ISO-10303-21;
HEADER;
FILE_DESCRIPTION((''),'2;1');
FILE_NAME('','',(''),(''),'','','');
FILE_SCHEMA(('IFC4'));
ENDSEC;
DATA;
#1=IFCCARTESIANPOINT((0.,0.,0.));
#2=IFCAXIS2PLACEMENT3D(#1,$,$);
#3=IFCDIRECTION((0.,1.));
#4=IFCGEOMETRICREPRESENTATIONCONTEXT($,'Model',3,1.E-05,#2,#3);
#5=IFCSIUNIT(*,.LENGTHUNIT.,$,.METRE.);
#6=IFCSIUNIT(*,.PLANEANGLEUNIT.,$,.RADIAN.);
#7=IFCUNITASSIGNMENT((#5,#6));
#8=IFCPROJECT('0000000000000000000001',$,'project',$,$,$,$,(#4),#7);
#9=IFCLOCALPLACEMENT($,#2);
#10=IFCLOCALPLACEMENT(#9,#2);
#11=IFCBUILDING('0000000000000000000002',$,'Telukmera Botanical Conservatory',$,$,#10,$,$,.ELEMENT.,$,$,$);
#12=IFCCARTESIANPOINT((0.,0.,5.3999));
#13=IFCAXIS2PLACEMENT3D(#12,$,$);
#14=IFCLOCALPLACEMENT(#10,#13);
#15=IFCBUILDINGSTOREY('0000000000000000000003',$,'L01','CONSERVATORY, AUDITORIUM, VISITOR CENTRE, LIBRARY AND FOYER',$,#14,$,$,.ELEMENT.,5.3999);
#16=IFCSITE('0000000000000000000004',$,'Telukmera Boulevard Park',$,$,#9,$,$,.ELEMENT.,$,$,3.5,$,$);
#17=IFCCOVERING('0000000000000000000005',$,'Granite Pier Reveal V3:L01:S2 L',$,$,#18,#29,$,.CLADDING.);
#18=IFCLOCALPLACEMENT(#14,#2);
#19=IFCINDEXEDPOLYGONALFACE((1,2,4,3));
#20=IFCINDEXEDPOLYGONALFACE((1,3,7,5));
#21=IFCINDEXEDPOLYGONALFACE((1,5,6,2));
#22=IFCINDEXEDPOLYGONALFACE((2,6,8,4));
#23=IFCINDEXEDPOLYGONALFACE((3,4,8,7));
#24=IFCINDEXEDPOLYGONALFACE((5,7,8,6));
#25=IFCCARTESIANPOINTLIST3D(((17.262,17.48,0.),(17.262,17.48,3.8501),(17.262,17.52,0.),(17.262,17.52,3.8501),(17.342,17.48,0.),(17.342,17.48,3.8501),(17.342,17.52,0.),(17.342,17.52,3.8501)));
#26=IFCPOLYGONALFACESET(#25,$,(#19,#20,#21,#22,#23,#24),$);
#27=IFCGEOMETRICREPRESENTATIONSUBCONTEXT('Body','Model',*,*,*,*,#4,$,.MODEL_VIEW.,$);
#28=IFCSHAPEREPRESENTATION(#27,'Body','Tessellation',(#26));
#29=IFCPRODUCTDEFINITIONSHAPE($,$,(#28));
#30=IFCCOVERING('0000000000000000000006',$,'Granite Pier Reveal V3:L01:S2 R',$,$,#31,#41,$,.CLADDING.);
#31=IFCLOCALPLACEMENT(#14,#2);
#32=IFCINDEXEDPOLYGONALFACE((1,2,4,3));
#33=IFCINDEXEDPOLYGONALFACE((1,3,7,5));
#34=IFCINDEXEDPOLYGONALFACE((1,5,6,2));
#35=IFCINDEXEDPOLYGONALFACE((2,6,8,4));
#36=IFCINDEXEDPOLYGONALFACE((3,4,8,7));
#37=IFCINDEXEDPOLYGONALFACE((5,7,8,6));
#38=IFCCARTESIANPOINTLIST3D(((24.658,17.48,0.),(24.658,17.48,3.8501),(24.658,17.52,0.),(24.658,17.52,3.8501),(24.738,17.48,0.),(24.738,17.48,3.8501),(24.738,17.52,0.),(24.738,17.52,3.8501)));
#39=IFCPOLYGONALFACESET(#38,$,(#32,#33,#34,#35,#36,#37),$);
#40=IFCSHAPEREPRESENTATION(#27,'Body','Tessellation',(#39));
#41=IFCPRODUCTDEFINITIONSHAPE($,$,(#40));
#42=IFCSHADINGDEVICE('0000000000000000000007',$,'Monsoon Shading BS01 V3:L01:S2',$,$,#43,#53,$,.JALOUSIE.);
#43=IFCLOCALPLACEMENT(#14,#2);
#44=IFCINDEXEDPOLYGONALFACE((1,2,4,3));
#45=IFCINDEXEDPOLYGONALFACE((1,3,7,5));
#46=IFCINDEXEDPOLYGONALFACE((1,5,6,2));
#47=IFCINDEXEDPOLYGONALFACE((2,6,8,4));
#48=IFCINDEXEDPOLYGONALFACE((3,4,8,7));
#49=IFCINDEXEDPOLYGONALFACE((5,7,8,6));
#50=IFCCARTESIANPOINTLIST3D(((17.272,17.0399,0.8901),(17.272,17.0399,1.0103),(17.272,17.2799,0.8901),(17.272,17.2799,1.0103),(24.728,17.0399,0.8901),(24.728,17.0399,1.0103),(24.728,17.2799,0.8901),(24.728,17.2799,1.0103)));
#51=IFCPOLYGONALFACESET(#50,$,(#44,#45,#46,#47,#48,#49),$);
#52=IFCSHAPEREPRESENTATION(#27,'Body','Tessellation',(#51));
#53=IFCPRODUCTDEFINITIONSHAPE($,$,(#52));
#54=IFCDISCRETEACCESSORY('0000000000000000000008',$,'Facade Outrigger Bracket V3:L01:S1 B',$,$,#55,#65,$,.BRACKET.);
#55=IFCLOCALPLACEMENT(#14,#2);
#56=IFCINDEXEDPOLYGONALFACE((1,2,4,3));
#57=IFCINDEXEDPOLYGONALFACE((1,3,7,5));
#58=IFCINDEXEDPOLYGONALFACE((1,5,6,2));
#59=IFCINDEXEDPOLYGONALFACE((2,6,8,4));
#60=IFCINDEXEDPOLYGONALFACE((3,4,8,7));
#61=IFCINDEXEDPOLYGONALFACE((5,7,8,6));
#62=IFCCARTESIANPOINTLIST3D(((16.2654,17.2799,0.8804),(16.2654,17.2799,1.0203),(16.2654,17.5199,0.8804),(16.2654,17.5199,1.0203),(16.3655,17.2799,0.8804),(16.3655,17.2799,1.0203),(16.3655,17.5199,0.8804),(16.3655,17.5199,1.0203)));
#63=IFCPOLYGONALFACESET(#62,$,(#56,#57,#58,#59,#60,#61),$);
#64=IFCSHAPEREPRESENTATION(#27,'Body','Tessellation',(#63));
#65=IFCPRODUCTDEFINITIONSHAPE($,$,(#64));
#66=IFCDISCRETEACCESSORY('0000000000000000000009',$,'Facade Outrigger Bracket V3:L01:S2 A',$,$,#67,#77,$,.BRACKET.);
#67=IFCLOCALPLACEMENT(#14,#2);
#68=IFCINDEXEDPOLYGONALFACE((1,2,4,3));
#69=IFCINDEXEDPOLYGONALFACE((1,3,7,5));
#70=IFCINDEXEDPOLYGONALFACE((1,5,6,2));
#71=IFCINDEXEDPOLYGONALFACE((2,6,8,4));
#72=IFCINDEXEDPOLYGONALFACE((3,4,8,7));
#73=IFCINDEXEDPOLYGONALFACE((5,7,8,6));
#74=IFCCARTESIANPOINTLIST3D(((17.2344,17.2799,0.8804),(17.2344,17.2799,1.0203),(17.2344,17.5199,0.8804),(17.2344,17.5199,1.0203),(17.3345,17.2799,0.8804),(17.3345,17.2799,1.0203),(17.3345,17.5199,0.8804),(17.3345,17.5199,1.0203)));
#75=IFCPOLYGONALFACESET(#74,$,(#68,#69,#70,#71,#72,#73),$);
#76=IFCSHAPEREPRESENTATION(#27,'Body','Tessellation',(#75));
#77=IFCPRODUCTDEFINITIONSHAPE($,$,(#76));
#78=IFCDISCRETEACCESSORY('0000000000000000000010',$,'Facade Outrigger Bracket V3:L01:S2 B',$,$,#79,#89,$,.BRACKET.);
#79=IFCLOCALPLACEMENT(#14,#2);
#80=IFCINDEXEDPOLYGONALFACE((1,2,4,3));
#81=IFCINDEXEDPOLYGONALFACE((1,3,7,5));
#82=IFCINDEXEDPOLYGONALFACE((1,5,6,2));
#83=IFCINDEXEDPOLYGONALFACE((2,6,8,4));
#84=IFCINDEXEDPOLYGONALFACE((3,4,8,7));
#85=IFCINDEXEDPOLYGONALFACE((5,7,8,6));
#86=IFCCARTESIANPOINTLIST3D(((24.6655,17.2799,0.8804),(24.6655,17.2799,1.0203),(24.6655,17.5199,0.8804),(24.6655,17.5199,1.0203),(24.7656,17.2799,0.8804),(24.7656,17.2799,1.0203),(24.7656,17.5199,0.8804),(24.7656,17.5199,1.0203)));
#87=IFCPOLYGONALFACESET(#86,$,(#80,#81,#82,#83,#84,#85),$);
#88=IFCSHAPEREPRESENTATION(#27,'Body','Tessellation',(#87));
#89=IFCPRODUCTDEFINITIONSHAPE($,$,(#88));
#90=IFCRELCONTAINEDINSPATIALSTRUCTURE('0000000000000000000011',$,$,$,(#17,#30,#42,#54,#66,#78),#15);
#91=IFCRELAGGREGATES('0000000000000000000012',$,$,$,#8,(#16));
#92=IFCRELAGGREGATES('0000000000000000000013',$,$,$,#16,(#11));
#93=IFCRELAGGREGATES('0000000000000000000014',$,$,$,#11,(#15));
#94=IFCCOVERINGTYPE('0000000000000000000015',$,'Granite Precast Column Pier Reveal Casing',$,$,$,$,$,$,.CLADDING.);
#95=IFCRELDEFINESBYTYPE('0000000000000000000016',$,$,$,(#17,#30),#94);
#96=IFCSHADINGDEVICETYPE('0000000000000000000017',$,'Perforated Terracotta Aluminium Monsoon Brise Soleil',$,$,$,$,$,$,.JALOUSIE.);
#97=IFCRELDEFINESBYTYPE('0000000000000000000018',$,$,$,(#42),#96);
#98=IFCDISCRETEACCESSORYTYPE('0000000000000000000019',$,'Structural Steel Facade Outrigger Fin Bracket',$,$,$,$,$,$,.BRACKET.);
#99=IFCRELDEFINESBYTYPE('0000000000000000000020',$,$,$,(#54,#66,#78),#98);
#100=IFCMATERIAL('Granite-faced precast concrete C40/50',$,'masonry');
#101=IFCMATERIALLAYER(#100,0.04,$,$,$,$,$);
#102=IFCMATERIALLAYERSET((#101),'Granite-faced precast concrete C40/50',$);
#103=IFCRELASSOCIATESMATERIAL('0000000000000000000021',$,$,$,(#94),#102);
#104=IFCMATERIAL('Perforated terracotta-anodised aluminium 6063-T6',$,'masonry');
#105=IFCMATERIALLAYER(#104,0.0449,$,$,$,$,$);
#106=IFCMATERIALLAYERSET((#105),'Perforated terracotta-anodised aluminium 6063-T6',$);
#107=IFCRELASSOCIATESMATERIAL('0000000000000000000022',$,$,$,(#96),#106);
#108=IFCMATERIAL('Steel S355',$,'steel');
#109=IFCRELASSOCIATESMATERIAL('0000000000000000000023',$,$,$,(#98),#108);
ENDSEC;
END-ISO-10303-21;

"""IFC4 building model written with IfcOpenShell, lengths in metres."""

from ifc_helpers import new_model, si_unit, direction, frame, origin, origin_2d, place, context, subcontext, project, spatial, rectangle, extrude, material, layer, layer_set, type_object, element, save


model = new_model("IFC4")

# Units and contexts
model_context = context("Model", 3, precision=1e-05, world=origin(), true_north=direction((0.0, 1.0)))
body_context = subcontext(model_context, "Body", "Model", "MODEL_VIEW")
ifc_project = project(units=[si_unit("LENGTHUNIT", "METRE"), si_unit("PLANEANGLEUNIT", "RADIAN")], contexts=[model_context])

# Site, building, storey
site_placement = place(None, origin())
site = spatial("IfcSite", under=ifc_project, at=site_placement, Name="Telukmera Boulevard Park", CompositionType="ELEMENT", RefElevation=3.5)
building_placement = place(site_placement, origin())
building = spatial("IfcBuilding", under=site, at=building_placement, Name="Telukmera Botanical Conservatory", CompositionType="ELEMENT")
storey_placement = place(building_placement, frame((0.0, 0.0, 5.3999)))
storey = spatial("IfcBuildingStorey", under=building, at=storey_placement, Name="L01", Description="CONSERVATORY, AUDITORIUM, VISITOR CENTRE, LIBRARY AND FOYER", CompositionType="ELEMENT", Elevation=5.3999)

# Shared definitions
ifc_material_1 = material(Name="Steel S355", Category="steel")

# Coverings
ifc_material_2 = material(Name="Granite-faced precast concrete C40/50", Category="masonry")
ifc_layer_1 = layer(ifc_material_2, 0.04)
ifc_layer_set_1 = layer_set([ifc_layer_1], Name="Granite-faced precast concrete C40/50")
covering_type = type_object("IfcCoveringType", Name="Granite Precast Column Pier Reveal Casing", PredefinedType="CLADDING", material=ifc_layer_set_1)
for number, where, z_axis, x_axis, name in (
    (1, (17.302, 17.5, 0.0), (0.0, 0.0, 1.0), (1.0, 0.0, 0.0), "Granite Pier Reveal V3:L01:S2 L"),
    (2, (24.698, 17.5, 0.0), (0.0, 0.0, 1.0), (1.0, 0.0, 0.0), "Granite Pier Reveal V3:L01:S2 R"),
):
    element("IfcCovering", number, at=place(storey_placement, frame(where, z_axis=z_axis, x_axis=x_axis)), inside=storey, type_object=covering_type, Name=name, PredefinedType="CLADDING", context=body_context, shape_type="SweptSolid", body=[
        extrude(rectangle(XDim=0.0801, YDim=0.04, at=origin_2d()), origin(), (0.0, 0.0, 1.0), 3.8501),
    ])

# Shading device
ifc_material_3 = material(Name="Perforated terracotta-anodised aluminium 6063-T6", Category="masonry")
ifc_layer_2 = layer(ifc_material_3, 0.0449)
ifc_layer_set_2 = layer_set([ifc_layer_2], Name="Perforated terracotta-anodised aluminium 6063-T6")
shading_device_type = type_object("IfcShadingDeviceType", Name="Perforated Terracotta Aluminium Monsoon Brise Soleil", PredefinedType="JALOUSIE", material=ifc_layer_set_2)
shading_device_placement = place(storey_placement, frame((21.0, 17.1599, 0.8901), z_axis=(0.0, 0.0, 1.0), x_axis=(1.0, 0.0, 0.0)))
element("IfcShadingDevice", 3, at=shading_device_placement, inside=storey, type_object=shading_device_type, Name="Monsoon Shading BS01 V3:L01:S2", PredefinedType="JALOUSIE", context=body_context, shape_type="SweptSolid", body=[
    extrude(rectangle(XDim=7.4561, YDim=0.24, at=origin_2d()), origin(), (0.0, 0.0, 1.0), 0.1201),
])

# Discrete accessories
discrete_accessory_type = type_object("IfcDiscreteAccessoryType", Name="Structural Steel Facade Outrigger Fin Bracket", PredefinedType="BRACKET", material=ifc_material_1)
for number, where, z_axis, x_axis, name in (
    (4, (16.3154, 17.3999, 0.8804), (0.0, 0.0, 1.0), (1.0, 0.0, 0.0), "Facade Outrigger Bracket V3:L01:S1 B"),
    (5, (17.2844, 17.3999, 0.8804), (0.0, 0.0, 1.0), (1.0, 0.0, 0.0), "Facade Outrigger Bracket V3:L01:S2 A"),
    (6, (24.7156, 17.3999, 0.8804), (0.0, 0.0, 1.0), (1.0, 0.0, 0.0), "Facade Outrigger Bracket V3:L01:S2 B"),
):
    element("IfcDiscreteAccessory", number, at=place(storey_placement, frame(where, z_axis=z_axis, x_axis=x_axis)), inside=storey, type_object=discrete_accessory_type, Name=name, PredefinedType="BRACKET", context=body_context, shape_type="SweptSolid", body=[
        extrude(rectangle(XDim=0.1001, YDim=0.24, at=origin_2d()), origin(), (0.0, 0.0, 1.0), 0.1399),
    ])

save(model, "model.ifc")
